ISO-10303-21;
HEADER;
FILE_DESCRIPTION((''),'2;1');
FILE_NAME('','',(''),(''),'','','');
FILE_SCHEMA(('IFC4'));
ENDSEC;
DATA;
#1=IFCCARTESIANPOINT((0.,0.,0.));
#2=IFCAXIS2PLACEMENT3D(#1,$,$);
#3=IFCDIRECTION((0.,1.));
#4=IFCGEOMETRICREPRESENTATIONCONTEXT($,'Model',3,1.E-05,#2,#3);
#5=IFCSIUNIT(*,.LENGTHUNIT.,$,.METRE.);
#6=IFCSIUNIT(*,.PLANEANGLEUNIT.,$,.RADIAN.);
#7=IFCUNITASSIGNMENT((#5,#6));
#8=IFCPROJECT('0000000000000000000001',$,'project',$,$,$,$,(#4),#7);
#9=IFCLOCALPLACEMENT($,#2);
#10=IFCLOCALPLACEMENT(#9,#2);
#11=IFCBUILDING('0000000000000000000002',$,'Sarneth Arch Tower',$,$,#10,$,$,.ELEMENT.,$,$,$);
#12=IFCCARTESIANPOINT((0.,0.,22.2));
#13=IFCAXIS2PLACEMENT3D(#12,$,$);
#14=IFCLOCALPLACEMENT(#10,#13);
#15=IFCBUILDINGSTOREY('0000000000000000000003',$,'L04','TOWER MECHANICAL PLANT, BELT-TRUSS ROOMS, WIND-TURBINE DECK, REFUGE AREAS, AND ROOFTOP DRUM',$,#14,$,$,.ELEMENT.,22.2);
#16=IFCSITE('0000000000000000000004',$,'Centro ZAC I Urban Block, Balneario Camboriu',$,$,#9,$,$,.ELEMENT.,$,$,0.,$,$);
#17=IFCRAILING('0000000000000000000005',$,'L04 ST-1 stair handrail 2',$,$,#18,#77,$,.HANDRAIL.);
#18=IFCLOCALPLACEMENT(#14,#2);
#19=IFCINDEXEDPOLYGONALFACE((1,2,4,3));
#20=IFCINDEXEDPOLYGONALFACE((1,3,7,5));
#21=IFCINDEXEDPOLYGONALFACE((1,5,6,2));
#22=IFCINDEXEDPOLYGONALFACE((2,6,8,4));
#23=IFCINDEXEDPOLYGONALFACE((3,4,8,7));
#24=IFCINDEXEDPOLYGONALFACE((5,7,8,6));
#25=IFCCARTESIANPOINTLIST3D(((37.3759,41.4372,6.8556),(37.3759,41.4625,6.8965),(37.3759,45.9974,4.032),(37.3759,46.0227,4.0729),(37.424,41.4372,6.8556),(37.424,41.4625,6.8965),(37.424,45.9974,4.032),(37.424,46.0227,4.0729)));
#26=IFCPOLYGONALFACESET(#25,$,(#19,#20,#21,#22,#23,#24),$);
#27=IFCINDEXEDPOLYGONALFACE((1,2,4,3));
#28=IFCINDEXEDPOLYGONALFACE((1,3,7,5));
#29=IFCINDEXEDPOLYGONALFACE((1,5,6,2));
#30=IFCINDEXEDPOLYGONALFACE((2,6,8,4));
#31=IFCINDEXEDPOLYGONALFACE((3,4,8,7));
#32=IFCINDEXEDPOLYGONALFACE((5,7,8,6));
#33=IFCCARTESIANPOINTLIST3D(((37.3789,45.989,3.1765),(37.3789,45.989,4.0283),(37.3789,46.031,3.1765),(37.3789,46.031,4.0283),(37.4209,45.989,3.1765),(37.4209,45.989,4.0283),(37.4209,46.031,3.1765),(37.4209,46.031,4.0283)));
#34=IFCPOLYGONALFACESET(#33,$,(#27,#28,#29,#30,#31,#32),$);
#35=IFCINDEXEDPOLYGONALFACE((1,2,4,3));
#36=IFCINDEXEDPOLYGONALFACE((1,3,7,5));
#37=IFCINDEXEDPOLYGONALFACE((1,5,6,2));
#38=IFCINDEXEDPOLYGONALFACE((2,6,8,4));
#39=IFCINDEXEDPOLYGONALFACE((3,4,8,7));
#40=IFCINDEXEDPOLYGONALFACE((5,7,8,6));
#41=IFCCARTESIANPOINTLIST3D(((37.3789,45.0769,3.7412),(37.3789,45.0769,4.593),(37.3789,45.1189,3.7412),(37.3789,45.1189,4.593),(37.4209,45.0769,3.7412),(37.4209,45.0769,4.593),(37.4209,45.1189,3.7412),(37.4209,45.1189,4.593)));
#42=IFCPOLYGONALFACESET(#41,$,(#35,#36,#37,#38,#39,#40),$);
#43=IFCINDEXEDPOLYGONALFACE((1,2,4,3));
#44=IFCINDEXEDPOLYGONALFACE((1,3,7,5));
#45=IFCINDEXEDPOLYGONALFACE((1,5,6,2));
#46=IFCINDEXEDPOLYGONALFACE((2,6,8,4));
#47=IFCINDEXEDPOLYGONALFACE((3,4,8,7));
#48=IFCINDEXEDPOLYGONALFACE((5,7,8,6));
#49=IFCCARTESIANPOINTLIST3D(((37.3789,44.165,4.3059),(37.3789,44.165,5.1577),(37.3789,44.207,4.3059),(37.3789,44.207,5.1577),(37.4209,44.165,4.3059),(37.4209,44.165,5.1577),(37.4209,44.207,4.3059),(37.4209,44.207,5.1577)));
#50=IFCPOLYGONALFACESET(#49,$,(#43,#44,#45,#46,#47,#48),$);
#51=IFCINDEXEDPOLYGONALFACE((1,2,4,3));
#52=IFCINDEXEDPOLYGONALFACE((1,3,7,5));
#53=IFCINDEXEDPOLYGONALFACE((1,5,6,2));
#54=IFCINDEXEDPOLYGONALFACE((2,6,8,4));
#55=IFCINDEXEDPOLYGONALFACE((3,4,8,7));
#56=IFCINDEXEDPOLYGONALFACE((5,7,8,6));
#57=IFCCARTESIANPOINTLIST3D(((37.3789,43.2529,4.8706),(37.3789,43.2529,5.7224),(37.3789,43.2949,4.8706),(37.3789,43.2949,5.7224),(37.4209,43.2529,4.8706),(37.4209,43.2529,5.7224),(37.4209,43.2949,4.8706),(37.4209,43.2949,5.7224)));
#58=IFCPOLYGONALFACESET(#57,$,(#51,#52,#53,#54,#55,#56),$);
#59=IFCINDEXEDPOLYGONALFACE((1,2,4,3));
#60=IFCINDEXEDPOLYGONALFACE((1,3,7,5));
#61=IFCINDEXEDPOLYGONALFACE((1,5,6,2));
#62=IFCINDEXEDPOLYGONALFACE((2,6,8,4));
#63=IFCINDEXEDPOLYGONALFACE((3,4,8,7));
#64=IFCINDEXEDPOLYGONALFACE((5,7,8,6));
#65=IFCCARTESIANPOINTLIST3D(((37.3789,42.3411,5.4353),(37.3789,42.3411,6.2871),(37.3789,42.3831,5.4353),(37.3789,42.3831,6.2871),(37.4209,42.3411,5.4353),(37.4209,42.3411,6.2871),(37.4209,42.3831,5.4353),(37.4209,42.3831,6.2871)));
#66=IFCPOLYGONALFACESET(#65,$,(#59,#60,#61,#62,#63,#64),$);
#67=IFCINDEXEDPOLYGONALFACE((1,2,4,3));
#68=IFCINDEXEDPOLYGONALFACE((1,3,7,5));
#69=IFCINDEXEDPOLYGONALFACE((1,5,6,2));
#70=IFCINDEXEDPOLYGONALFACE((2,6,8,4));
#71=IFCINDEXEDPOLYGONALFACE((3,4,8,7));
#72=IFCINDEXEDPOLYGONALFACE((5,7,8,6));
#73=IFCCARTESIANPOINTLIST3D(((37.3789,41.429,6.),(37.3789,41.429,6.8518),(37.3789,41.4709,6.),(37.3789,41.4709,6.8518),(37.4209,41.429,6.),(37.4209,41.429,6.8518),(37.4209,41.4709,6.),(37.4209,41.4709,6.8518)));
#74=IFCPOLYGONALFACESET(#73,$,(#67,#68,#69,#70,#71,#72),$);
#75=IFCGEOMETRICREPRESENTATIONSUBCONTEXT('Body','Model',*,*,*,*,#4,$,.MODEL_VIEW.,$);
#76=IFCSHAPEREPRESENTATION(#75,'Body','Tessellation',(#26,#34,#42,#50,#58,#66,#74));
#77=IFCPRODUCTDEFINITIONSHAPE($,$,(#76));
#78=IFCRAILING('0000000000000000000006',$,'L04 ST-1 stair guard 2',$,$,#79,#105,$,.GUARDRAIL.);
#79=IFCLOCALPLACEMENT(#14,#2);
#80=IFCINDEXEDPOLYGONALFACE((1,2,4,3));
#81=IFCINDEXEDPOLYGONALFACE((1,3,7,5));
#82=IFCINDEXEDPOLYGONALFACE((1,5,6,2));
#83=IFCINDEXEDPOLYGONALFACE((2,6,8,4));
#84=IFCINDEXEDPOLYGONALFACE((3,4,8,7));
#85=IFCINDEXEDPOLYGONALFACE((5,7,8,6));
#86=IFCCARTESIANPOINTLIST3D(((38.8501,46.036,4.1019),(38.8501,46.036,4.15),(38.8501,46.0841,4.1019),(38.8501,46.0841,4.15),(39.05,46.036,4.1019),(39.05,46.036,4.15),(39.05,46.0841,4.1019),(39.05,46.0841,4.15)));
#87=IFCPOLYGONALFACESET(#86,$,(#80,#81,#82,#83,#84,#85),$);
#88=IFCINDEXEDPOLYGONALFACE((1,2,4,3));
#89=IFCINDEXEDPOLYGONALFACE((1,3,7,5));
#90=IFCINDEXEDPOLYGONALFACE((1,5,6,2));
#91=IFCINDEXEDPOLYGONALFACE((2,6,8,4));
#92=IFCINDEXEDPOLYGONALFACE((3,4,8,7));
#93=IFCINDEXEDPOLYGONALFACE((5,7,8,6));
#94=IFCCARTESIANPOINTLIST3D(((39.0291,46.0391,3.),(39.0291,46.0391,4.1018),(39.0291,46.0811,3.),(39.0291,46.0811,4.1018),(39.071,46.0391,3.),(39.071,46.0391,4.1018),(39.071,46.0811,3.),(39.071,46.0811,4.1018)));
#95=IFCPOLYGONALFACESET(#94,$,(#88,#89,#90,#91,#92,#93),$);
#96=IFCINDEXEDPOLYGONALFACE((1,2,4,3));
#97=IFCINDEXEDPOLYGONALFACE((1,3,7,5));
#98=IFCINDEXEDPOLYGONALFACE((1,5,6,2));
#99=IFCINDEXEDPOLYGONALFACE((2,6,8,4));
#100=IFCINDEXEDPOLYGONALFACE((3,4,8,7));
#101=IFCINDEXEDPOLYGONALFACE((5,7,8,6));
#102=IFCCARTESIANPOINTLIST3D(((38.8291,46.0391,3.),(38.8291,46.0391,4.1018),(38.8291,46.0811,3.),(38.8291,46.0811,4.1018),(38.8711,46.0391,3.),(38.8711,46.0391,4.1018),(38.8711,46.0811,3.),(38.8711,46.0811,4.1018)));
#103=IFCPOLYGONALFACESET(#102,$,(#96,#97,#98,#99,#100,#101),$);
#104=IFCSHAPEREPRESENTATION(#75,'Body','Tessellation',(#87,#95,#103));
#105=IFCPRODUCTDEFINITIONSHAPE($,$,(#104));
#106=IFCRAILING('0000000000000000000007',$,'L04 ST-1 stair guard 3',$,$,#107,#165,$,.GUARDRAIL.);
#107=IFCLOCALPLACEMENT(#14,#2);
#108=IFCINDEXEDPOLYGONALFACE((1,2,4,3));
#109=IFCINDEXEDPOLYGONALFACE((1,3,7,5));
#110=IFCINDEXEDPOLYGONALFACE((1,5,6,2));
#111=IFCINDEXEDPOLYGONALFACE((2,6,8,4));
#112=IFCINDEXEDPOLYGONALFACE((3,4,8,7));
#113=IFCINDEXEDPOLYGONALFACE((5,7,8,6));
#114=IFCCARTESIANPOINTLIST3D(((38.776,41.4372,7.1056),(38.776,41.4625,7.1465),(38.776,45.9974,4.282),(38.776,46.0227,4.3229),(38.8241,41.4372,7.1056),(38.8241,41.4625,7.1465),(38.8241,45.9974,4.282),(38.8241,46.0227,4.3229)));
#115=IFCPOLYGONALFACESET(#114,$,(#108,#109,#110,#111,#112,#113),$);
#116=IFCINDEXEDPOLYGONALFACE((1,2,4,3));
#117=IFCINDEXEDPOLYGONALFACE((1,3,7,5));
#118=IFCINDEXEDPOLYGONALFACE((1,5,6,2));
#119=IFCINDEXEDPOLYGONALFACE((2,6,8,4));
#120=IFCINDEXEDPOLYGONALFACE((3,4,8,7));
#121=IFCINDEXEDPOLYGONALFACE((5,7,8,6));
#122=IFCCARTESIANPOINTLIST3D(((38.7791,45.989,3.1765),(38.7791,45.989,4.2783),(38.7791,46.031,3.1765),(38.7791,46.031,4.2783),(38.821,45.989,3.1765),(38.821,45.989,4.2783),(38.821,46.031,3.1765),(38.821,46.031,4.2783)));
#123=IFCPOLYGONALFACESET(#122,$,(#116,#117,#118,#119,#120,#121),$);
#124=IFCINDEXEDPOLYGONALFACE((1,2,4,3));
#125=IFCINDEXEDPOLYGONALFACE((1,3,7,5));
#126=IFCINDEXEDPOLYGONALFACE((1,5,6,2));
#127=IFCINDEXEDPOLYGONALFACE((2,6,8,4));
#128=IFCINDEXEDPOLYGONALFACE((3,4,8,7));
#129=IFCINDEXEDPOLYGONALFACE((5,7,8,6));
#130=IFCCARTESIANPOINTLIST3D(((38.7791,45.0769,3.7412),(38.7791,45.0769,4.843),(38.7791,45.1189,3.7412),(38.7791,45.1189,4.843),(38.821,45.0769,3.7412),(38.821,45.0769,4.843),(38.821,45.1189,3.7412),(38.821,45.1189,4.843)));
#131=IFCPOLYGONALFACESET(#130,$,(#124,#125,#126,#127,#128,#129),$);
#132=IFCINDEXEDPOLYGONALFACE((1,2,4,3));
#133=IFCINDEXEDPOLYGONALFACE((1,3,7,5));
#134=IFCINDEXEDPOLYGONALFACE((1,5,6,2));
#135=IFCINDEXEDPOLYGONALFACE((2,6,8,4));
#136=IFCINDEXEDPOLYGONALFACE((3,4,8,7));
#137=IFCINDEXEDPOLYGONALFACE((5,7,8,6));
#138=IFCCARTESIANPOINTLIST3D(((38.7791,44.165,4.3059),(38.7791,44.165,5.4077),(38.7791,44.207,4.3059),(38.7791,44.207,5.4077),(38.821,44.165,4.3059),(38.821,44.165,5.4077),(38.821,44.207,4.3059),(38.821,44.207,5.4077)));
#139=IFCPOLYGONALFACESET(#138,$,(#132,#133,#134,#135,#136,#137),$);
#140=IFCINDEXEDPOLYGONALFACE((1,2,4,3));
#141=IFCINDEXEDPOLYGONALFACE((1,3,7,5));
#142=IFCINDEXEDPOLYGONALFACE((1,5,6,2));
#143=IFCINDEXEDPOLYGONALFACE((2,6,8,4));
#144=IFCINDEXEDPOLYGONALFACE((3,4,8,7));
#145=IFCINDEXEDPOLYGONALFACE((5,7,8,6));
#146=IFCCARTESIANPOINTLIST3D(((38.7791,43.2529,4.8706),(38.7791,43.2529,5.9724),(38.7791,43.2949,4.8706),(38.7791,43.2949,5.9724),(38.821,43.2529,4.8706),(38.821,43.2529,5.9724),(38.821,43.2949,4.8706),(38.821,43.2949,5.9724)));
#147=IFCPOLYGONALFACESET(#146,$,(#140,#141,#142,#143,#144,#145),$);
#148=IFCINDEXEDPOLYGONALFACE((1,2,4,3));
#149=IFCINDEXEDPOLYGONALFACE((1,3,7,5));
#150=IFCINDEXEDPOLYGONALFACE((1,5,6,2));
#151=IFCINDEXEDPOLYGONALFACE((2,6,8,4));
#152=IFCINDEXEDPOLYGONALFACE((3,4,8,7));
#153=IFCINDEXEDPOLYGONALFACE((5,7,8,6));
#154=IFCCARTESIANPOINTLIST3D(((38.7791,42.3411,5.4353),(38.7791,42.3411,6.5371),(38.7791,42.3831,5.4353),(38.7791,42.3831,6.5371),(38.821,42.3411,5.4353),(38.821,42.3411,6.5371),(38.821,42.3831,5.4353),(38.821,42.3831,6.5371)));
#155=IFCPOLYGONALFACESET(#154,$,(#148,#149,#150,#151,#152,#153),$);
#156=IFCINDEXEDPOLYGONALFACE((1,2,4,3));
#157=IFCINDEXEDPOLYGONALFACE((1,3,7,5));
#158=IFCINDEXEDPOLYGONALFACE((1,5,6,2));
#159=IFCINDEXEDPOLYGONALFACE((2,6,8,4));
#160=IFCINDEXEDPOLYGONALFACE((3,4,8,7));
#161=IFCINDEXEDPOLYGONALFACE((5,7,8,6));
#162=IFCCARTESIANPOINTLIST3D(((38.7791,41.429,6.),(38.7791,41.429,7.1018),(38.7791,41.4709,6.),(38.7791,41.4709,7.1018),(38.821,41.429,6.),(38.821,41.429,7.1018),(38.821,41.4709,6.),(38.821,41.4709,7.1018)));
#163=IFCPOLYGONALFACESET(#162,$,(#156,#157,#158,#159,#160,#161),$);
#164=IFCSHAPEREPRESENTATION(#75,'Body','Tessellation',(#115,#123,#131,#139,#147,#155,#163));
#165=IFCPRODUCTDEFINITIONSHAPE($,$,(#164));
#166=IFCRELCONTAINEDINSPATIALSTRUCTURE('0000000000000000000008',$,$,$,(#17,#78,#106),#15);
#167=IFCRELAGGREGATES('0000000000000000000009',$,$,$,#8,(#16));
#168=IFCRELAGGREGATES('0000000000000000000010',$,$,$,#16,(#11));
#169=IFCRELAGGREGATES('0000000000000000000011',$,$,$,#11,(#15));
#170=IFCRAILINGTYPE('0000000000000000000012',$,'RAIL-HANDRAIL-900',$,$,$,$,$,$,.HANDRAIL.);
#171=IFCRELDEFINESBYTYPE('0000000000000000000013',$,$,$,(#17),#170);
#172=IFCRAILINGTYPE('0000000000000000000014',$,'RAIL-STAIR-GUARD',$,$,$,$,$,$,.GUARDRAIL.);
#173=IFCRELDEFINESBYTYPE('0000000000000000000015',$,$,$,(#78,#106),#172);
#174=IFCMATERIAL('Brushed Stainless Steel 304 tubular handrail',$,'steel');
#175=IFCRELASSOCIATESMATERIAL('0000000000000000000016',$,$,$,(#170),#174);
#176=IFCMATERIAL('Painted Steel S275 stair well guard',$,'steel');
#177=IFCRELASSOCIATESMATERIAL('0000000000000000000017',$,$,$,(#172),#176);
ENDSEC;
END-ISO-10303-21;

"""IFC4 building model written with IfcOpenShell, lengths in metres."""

from ifc_helpers import new_model, si_unit, direction, frame, origin, origin_2d, place, context, subcontext, project, spatial, rectangle, extrude, material, type_object, element, save


model = new_model("IFC4")

# Units and contexts
model_context = context("Model", 3, precision=1e-05, world=origin(), true_north=direction((0.0, 1.0)))
body_context = subcontext(model_context, "Body", "Model", "MODEL_VIEW")
ifc_project = project(units=[si_unit("LENGTHUNIT", "METRE"), si_unit("PLANEANGLEUNIT", "RADIAN")], contexts=[model_context])

# Site, building, storey
site_placement = place(None, origin())
site = spatial("IfcSite", under=ifc_project, at=site_placement, Name="Centro ZAC I Urban Block, Balneario Camboriu", CompositionType="ELEMENT", RefElevation=0.0)
building_placement = place(site_placement, origin())
building = spatial("IfcBuilding", under=site, at=building_placement, Name="Sarneth Arch Tower", CompositionType="ELEMENT")
storey_placement = place(building_placement, frame((0.0, 0.0, 22.2)))
storey = spatial("IfcBuildingStorey", under=building, at=storey_placement, Name="L04", Description="TOWER MECHANICAL PLANT, BELT-TRUSS ROOMS, WIND-TURBINE DECK, REFUGE AREAS, AND ROOFTOP DRUM", CompositionType="ELEMENT", Elevation=22.2)

# Railings
ifc_material_1 = material(Name="Brushed Stainless Steel 304 tubular handrail", Category="steel")
railing_type_1 = type_object("IfcRailingType", Name="RAIL-HANDRAIL-900", PredefinedType="HANDRAIL", material=ifc_material_1)
railing_1_placement = place(storey_placement, frame((37.3999, 46.01, 3.1765)))
element("IfcRailing", 1, at=railing_1_placement, inside=storey, type_object=railing_type_1, Name="L04 ST-1 stair handrail 2", PredefinedType="HANDRAIL", context=body_context, shape_type="SweptSolid", body=[
    extrude(rectangle(XDim=0.0481, YDim=0.0481, at=origin_2d()), frame((0.0, 0.0, 0.876), z_axis=(0.0, -0.850216, 0.526435), x_axis=(1.0, 0.0, 0.0)), (0.0, 0.0, 1.0), 5.3635),
    extrude(rectangle(XDim=0.042, YDim=0.042, at=origin_2d()), origin(), (0.0, 0.0, 1.0), 0.8518),
    extrude(rectangle(XDim=0.042, YDim=0.042, at=origin_2d()), frame((0.0, -0.9121, 0.5647)), (0.0, 0.0, 1.0), 0.8518),
    extrude(rectangle(XDim=0.042, YDim=0.042, at=origin_2d()), frame((0.0, -1.824, 1.1294)), (0.0, 0.0, 1.0), 0.8518),
    extrude(rectangle(XDim=0.042, YDim=0.042, at=origin_2d()), frame((0.0, -2.7361, 1.6941)), (0.0, 0.0, 1.0), 0.8518),
    extrude(rectangle(XDim=0.042, YDim=0.042, at=origin_2d()), frame((0.0, -3.6479, 2.2588)), (0.0, 0.0, 1.0), 0.8518),
    extrude(rectangle(XDim=0.042, YDim=0.042, at=origin_2d()), frame((0.0, -4.5601, 2.8235)), (0.0, 0.0, 1.0), 0.8518),
])
ifc_material_2 = material(Name="Painted Steel S275 stair well guard", Category="steel")
railing_type_2 = type_object("IfcRailingType", Name="RAIL-STAIR-GUARD", PredefinedType="GUARDRAIL", material=ifc_material_2)
railing_2_placement = place(storey_placement, frame((39.05, 46.0601, 3.0)))
element("IfcRailing", 2, at=railing_2_placement, inside=storey, type_object=railing_type_2, Name="L04 ST-1 stair guard 2", PredefinedType="GUARDRAIL", context=body_context, shape_type="SweptSolid", body=[
    extrude(rectangle(XDim=0.0481, YDim=0.0481, at=origin_2d()), frame((0.0, 0.0, 1.126), z_axis=(-1.0, 0.0, 0.0), x_axis=(0.0, -1.0, 0.0)), (0.0, 0.0, 1.0), 0.2),
    extrude(rectangle(XDim=0.042, YDim=0.042, at=origin_2d()), origin(), (0.0, 0.0, 1.0), 1.1018),
    extrude(rectangle(XDim=0.042, YDim=0.042, at=origin_2d()), frame((-0.2, 0.0, 0.0)), (0.0, 0.0, 1.0), 1.1018),
])
railing_3_placement = place(storey_placement, frame((38.8, 46.01, 3.1765)))
element("IfcRailing", 3, at=railing_3_placement, inside=storey, type_object=railing_type_2, Name="L04 ST-1 stair guard 3", PredefinedType="GUARDRAIL", context=body_context, shape_type="SweptSolid", body=[
    extrude(rectangle(XDim=0.0481, YDim=0.0481, at=origin_2d()), frame((0.0, 0.0, 1.126), z_axis=(0.0, -0.850216, 0.526435), x_axis=(1.0, 0.0, 0.0)), (0.0, 0.0, 1.0), 5.3635),
    extrude(rectangle(XDim=0.042, YDim=0.042, at=origin_2d()), origin(), (0.0, 0.0, 1.0), 1.1018),
    extrude(rectangle(XDim=0.042, YDim=0.042, at=origin_2d()), frame((0.0, -0.9121, 0.5647)), (0.0, 0.0, 1.0), 1.1018),
    extrude(rectangle(XDim=0.042, YDim=0.042, at=origin_2d()), frame((0.0, -1.824, 1.1294)), (0.0, 0.0, 1.0), 1.1018),
    extrude(rectangle(XDim=0.042, YDim=0.042, at=origin_2d()), frame((0.0, -2.7361, 1.6941)), (0.0, 0.0, 1.0), 1.1018),
    extrude(rectangle(XDim=0.042, YDim=0.042, at=origin_2d()), frame((0.0, -3.6479, 2.2588)), (0.0, 0.0, 1.0), 1.1018),
    extrude(rectangle(XDim=0.042, YDim=0.042, at=origin_2d()), frame((0.0, -4.5601, 2.8235)), (0.0, 0.0, 1.0), 1.1018),
])

save(model, "model.ifc")
